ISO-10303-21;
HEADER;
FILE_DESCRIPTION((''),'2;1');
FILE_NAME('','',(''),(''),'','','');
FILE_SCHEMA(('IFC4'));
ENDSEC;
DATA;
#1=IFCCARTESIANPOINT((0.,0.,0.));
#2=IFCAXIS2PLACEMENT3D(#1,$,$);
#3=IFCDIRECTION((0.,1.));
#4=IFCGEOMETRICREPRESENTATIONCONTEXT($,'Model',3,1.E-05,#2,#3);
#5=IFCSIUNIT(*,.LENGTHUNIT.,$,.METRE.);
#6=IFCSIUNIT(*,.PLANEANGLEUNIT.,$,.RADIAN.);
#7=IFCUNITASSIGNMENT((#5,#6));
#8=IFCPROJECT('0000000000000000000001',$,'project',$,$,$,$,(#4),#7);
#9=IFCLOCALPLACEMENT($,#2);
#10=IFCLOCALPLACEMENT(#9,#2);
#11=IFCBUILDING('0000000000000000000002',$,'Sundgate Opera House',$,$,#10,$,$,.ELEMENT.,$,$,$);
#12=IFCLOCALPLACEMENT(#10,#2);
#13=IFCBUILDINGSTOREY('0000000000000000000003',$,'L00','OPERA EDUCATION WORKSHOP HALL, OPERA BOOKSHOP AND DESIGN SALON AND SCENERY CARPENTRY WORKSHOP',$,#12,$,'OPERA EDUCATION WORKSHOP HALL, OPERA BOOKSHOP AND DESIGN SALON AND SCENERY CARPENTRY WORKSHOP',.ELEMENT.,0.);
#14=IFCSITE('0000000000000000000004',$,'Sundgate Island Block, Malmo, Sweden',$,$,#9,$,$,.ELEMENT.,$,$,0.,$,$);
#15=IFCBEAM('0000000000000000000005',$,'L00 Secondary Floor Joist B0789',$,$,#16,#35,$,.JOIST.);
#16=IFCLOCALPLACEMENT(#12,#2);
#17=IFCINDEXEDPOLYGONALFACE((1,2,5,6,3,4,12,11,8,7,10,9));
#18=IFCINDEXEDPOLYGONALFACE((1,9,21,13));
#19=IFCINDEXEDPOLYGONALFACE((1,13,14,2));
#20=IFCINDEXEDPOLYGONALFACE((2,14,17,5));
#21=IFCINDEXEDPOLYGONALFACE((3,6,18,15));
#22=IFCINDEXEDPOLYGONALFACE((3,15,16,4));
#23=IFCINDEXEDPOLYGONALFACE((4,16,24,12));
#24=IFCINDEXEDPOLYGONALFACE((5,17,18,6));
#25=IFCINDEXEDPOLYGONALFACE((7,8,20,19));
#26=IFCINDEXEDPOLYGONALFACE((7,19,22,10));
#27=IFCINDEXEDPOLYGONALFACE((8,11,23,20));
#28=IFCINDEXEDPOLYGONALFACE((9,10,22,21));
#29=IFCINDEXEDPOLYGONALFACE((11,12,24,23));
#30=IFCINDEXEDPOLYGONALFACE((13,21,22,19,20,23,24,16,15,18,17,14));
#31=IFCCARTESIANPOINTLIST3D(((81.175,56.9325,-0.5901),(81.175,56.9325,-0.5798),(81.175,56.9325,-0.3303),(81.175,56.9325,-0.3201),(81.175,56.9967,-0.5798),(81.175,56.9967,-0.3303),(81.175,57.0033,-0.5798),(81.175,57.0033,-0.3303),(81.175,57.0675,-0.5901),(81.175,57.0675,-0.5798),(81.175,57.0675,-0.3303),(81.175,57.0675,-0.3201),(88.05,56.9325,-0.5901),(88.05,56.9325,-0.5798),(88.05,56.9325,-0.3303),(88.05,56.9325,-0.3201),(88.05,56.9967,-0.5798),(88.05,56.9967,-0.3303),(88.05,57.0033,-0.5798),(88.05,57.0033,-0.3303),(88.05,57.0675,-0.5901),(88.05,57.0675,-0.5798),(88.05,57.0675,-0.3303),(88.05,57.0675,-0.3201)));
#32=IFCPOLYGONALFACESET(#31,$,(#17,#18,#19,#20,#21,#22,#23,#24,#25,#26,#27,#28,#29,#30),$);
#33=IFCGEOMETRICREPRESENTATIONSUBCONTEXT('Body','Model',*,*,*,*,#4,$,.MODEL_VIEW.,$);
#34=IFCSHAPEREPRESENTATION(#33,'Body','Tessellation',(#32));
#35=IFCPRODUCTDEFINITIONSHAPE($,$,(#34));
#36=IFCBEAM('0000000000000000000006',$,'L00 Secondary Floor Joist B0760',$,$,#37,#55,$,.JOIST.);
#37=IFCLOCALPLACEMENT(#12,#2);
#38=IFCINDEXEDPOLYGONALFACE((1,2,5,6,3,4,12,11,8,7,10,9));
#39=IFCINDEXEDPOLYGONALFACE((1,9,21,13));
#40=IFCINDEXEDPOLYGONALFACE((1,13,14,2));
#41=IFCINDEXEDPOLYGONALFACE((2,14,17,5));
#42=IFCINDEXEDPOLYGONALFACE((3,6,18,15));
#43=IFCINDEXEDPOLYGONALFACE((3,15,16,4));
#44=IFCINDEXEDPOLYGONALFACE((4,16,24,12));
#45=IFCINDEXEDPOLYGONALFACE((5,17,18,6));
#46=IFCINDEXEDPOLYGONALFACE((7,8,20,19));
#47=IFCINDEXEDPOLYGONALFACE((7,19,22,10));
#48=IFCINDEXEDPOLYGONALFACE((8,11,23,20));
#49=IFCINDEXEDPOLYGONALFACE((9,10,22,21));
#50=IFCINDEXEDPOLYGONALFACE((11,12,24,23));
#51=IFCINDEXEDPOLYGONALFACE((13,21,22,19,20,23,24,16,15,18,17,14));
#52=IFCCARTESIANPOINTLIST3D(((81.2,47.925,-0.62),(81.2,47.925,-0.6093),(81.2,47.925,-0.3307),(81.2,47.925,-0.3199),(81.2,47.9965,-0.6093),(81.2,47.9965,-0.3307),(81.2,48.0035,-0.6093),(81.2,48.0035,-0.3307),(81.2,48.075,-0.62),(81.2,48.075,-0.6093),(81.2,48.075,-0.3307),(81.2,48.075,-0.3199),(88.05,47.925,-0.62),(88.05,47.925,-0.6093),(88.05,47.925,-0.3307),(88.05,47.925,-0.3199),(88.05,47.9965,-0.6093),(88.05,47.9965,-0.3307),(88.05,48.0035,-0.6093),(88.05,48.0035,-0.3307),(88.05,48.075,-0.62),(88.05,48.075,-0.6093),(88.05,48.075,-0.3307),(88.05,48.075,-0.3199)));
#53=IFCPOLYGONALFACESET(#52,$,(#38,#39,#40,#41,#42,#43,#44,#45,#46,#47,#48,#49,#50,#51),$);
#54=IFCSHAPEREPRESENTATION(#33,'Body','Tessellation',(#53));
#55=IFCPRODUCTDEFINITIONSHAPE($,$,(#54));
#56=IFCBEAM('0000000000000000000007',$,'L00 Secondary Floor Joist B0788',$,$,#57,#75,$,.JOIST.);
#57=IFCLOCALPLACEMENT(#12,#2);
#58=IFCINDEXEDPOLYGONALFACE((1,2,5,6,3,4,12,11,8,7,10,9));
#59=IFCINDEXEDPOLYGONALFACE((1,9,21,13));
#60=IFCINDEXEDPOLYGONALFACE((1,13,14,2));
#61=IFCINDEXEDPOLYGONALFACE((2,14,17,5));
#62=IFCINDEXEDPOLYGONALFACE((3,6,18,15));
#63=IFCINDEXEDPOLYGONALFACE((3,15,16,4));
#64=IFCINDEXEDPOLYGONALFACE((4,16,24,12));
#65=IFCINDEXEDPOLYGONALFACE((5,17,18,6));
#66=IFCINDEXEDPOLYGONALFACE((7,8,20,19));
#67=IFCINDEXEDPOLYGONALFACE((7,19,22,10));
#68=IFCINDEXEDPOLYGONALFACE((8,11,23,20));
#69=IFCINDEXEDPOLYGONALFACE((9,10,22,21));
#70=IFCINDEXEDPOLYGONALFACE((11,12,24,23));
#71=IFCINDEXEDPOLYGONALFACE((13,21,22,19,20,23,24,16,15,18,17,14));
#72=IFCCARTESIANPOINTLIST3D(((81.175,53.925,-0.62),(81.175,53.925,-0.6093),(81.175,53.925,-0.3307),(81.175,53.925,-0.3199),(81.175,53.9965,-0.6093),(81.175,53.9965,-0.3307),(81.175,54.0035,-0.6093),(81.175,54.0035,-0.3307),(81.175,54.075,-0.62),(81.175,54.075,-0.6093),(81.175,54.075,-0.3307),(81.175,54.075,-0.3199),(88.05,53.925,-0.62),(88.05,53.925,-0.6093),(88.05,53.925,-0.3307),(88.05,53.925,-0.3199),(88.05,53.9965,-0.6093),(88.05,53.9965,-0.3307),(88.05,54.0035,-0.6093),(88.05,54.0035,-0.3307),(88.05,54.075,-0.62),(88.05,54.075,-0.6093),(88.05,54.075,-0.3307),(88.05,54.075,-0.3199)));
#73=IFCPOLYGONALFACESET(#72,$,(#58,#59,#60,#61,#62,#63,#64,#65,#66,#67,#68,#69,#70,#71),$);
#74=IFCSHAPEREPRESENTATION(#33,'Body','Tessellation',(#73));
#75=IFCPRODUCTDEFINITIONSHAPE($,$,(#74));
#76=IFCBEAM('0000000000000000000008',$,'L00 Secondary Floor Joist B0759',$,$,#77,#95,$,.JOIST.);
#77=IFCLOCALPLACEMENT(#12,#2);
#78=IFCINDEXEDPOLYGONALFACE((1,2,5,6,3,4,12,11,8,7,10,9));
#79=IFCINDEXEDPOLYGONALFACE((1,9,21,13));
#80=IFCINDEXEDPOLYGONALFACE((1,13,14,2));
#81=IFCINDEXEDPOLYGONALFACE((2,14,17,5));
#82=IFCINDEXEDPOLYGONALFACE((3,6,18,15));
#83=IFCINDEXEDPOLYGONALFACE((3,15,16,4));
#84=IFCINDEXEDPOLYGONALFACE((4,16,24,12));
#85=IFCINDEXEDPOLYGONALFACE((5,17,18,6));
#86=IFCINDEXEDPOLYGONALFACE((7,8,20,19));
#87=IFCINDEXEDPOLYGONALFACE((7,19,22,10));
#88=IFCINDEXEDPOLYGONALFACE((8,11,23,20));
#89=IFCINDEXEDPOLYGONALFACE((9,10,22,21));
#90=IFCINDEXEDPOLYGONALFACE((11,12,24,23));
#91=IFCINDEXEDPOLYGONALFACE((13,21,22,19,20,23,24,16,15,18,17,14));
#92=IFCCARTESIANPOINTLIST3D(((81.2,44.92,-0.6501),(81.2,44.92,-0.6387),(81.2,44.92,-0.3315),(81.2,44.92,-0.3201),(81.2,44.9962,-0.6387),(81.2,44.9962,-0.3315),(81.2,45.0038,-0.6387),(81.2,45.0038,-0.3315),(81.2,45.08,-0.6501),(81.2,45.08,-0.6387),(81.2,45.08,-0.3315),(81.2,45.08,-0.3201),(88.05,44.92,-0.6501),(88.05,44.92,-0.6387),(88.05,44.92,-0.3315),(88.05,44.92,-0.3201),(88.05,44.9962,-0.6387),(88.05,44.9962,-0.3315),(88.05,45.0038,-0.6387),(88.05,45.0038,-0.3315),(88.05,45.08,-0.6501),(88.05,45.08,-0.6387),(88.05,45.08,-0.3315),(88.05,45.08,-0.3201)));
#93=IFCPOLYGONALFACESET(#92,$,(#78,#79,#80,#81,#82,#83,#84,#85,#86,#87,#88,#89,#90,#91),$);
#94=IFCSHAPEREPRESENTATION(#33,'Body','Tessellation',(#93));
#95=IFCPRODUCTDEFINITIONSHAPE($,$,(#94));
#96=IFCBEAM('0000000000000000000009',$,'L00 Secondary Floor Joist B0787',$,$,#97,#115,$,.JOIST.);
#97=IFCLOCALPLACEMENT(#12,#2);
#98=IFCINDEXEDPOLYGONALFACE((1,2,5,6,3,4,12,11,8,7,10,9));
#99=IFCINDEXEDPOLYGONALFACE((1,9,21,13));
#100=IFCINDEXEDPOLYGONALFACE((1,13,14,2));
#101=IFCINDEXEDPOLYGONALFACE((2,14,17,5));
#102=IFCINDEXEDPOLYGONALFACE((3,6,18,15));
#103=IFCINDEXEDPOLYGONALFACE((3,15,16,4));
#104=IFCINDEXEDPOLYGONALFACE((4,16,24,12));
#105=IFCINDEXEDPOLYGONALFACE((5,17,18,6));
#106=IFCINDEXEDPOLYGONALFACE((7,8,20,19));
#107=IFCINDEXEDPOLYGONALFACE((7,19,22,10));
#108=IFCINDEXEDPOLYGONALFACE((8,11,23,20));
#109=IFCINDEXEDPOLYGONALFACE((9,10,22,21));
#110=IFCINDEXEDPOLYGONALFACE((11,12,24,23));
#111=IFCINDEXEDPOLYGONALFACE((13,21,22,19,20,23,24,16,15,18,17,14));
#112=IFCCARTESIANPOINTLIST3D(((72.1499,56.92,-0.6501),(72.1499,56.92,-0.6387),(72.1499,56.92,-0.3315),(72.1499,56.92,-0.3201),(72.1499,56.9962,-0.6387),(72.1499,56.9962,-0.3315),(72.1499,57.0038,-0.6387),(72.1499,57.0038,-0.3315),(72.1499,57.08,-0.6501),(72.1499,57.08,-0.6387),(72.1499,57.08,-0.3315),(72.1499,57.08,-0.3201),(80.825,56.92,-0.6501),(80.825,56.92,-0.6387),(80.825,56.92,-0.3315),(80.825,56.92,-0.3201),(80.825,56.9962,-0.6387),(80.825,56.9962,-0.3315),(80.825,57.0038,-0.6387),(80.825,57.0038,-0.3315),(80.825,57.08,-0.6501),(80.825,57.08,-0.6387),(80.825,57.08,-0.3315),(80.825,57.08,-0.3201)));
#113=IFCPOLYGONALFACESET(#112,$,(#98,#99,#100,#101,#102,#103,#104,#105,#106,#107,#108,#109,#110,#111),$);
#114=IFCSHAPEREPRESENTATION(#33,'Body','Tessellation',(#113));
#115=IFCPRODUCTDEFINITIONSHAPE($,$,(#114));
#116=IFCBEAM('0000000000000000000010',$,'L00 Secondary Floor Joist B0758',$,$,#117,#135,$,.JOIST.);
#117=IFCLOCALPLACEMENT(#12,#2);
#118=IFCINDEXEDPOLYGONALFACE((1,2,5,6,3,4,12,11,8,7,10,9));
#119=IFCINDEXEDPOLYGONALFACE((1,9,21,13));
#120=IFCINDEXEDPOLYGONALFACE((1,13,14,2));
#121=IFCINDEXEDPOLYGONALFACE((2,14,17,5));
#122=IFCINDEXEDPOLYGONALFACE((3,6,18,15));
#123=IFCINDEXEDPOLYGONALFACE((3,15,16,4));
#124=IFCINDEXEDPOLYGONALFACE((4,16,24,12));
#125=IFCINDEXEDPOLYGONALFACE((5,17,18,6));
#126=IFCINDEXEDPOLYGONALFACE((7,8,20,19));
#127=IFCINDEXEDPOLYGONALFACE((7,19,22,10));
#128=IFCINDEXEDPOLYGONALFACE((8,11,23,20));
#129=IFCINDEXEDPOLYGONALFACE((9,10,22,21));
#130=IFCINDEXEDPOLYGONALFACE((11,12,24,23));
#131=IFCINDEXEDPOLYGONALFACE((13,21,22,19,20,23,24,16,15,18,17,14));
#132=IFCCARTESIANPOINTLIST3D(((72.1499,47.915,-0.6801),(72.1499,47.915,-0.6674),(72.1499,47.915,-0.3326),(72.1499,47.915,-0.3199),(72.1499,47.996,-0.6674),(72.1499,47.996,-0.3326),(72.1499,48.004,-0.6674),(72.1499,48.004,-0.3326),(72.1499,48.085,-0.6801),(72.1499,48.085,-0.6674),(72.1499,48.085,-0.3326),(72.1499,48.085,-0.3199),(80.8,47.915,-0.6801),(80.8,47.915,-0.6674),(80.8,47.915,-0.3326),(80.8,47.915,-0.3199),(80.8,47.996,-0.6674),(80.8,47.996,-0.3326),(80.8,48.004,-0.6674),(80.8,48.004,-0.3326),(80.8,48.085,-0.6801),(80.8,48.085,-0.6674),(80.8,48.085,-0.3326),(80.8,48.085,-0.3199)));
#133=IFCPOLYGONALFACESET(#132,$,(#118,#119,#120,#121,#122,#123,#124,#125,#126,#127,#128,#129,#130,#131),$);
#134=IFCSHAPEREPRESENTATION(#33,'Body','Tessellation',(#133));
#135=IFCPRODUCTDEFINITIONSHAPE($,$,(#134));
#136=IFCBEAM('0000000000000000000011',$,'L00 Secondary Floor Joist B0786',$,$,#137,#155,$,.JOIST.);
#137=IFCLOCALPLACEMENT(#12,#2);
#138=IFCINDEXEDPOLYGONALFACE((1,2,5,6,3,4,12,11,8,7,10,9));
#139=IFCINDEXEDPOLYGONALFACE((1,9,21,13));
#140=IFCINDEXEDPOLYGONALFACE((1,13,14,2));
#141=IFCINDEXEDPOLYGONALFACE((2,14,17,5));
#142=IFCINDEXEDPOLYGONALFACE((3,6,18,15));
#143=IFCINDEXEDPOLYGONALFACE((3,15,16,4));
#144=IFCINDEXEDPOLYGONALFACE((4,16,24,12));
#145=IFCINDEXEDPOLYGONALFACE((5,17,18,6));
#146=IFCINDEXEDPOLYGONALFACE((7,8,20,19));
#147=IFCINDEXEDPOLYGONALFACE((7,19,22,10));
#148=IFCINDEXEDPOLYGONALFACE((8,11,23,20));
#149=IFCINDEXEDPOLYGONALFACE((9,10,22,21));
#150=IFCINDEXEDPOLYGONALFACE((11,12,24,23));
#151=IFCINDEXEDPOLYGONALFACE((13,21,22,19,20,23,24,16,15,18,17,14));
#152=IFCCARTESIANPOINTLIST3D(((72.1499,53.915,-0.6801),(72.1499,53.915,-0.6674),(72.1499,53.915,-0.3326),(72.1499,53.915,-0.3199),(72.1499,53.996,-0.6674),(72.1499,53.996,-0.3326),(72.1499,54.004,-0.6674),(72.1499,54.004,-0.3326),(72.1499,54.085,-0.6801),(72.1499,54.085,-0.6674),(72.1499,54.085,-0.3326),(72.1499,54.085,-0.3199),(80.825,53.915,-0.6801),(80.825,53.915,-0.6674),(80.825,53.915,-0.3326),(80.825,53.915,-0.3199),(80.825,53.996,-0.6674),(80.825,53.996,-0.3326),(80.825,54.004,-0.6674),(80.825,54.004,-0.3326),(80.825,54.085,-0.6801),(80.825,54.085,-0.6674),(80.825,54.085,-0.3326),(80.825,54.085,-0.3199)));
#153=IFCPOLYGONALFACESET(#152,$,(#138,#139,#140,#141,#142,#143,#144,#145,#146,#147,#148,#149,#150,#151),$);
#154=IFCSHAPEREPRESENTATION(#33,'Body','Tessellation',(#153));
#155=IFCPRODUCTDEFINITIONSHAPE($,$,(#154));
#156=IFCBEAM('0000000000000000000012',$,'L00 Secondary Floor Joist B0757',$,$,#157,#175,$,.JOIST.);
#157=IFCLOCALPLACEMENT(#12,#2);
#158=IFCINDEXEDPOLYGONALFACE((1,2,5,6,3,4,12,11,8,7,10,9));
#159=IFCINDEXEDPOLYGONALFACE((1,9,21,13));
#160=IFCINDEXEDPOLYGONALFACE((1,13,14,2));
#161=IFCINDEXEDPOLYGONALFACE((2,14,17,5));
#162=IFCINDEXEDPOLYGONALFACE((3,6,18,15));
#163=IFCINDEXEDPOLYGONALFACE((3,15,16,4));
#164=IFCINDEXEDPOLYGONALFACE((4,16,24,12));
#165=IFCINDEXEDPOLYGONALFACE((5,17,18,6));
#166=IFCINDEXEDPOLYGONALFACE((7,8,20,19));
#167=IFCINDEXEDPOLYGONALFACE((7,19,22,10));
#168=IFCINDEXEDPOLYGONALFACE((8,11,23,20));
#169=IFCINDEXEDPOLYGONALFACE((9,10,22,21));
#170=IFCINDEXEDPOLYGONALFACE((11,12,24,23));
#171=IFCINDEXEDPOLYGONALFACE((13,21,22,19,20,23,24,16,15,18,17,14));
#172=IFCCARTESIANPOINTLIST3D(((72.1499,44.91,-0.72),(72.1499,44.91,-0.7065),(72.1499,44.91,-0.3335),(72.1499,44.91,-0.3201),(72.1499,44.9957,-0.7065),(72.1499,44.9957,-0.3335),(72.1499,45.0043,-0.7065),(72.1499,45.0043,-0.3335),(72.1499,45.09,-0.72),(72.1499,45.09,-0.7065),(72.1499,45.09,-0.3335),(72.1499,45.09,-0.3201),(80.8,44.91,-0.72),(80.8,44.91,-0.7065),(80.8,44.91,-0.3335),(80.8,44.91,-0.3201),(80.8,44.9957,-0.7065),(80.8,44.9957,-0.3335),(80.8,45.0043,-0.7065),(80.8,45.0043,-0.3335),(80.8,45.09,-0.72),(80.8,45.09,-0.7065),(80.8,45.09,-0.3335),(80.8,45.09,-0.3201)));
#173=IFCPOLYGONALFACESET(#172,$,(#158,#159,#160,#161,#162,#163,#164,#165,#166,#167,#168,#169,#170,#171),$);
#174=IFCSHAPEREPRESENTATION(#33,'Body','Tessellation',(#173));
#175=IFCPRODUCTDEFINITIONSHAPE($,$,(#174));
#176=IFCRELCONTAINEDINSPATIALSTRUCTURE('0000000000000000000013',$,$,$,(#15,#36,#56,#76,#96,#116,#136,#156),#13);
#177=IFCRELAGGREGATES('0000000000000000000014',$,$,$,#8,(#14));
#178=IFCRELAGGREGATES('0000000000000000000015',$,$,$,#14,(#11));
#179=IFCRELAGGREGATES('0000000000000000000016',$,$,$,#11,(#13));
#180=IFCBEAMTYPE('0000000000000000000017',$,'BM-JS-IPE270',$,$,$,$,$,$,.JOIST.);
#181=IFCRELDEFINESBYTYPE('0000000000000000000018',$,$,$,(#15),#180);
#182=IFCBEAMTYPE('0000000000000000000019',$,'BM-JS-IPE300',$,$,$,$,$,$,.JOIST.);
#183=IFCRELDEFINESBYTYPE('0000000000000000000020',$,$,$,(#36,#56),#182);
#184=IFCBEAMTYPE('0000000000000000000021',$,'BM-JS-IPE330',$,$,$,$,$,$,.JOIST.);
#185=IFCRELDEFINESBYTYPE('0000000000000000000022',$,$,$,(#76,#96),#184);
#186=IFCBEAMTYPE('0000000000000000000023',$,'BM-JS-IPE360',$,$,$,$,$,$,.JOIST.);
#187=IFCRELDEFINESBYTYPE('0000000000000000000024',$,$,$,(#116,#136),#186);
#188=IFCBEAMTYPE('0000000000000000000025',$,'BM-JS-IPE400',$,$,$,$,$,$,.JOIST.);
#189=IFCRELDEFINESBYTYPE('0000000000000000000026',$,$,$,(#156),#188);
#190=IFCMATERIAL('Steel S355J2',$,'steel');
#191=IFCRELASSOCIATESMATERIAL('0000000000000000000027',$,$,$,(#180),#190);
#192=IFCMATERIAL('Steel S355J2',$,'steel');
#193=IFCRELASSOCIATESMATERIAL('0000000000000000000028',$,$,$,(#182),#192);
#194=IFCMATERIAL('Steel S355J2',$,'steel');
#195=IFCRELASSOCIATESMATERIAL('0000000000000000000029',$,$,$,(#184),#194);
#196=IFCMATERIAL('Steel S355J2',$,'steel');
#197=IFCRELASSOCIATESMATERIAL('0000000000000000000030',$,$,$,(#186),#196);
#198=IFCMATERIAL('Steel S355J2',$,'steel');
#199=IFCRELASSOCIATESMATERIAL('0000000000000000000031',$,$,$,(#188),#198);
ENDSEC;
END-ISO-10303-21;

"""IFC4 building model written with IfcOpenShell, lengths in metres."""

from ifc_helpers import new_model, si_unit, direction, frame, origin, origin_2d, place, context, subcontext, project, spatial, i_section, extrude, material, material_profile, profile_set, type_object, element, save


model = new_model("IFC4")

# Units and contexts
model_context = context("Model", 3, precision=1e-05, world=origin(), true_north=direction((0.0, 1.0)))
body_context = subcontext(model_context, "Body", "Model", "MODEL_VIEW")
ifc_project = project(units=[si_unit("LENGTHUNIT", "METRE"), si_unit("PLANEANGLEUNIT", "RADIAN")], contexts=[model_context])

# Site, building, storey
site_placement = place(None, origin())
site = spatial("IfcSite", under=ifc_project, at=site_placement, Name="Sundgate Island Block, Malmo, Sweden", CompositionType="ELEMENT", RefElevation=0.0)
building_placement = place(site_placement, origin())
building = spatial("IfcBuilding", under=site, at=building_placement, Name="Sundgate Opera House", CompositionType="ELEMENT")
storey_placement = place(building_placement, origin())
storey = spatial("IfcBuildingStorey", under=building, at=storey_placement, Name="L00", Description="OPERA EDUCATION WORKSHOP HALL, OPERA BOOKSHOP AND DESIGN SALON AND SCENERY CARPENTRY WORKSHOP", LongName="OPERA EDUCATION WORKSHOP HALL, OPERA BOOKSHOP AND DESIGN SALON AND SCENERY CARPENTRY WORKSHOP", CompositionType="ELEMENT", Elevation=0.0)

# Beams
ifc_material_1 = material(Name="Steel S355J2", Category="steel")
ifc_material_profile_1 = material_profile(ifc_material_1, i_section(OverallWidth=0.135, OverallDepth=0.27, WebThickness=0.0066, FlangeThickness=0.0103, at=origin_2d()), Name="IPE 270")
ifc_profile_set_1 = profile_set([ifc_material_profile_1], Name="Steel S355J2")
beam_type_1 = type_object("IfcBeamType", Name="BM-JS-IPE270", PredefinedType="JOIST", material=ifc_profile_set_1)
beam_1_placement = place(storey_placement, frame((81.175, 57.0, -0.4551), z_axis=(1.0, 0.0, 0.0), x_axis=(0.0, 1.0, 0.0)))
element("IfcBeam", 1, at=beam_1_placement, inside=storey, type_object=beam_type_1, Name="L00 Secondary Floor Joist B0789", PredefinedType="JOIST", context=body_context, shape_type="SweptSolid", body=[
    extrude(i_section(OverallWidth=0.135, OverallDepth=0.27, WebThickness=0.0066, FlangeThickness=0.0103, at=origin_2d()), origin(), (0.0, 0.0, 1.0), 6.875),
])
ifc_material_2 = material(Name="Steel S355J2", Category="steel")
ifc_material_profile_2 = material_profile(ifc_material_2, i_section(OverallWidth=0.1499, OverallDepth=0.3, WebThickness=0.0071, FlangeThickness=0.0107, at=origin_2d()), Name="IPE 300")
ifc_profile_set_2 = profile_set([ifc_material_profile_2], Name="Steel S355J2")
beam_type_2 = type_object("IfcBeamType", Name="BM-JS-IPE300", PredefinedType="JOIST", material=ifc_profile_set_2)
beam_2_placement = place(storey_placement, frame((81.2, 48.0, -0.47), z_axis=(1.0, 0.0, 0.0), x_axis=(0.0, 1.0, 0.0)))
element("IfcBeam", 2, at=beam_2_placement, inside=storey, type_object=beam_type_2, Name="L00 Secondary Floor Joist B0760", PredefinedType="JOIST", context=body_context, shape_type="SweptSolid", body=[
    extrude(i_section(OverallWidth=0.1499, OverallDepth=0.3, WebThickness=0.0071, FlangeThickness=0.0107, at=origin_2d()), origin(), (0.0, 0.0, 1.0), 6.8501),
])
beam_3_placement = place(storey_placement, frame((81.175, 54.0, -0.47), z_axis=(1.0, 0.0, 0.0), x_axis=(0.0, 1.0, 0.0)))
element("IfcBeam", 3, at=beam_3_placement, inside=storey, type_object=beam_type_2, Name="L00 Secondary Floor Joist B0788", PredefinedType="JOIST", context=body_context, shape_type="SweptSolid", body=[
    extrude(i_section(OverallWidth=0.1499, OverallDepth=0.3, WebThickness=0.0071, FlangeThickness=0.0107, at=origin_2d()), origin(), (0.0, 0.0, 1.0), 6.875),
])
ifc_material_3 = material(Name="Steel S355J2", Category="steel")
ifc_material_profile_3 = material_profile(ifc_material_3, i_section(OverallWidth=0.1599, OverallDepth=0.3301, WebThickness=0.0076, FlangeThickness=0.0115, at=origin_2d()), Name="IPE 330")
ifc_profile_set_3 = profile_set([ifc_material_profile_3], Name="Steel S355J2")
beam_type_3 = type_object("IfcBeamType", Name="BM-JS-IPE330", PredefinedType="JOIST", material=ifc_profile_set_3)
beam_4_placement = place(storey_placement, frame((81.2, 45.0, -0.4851), z_axis=(1.0, 0.0, 0.0), x_axis=(0.0, 1.0, 0.0)))
element("IfcBeam", 4, at=beam_4_placement, inside=storey, type_object=beam_type_3, Name="L00 Secondary Floor Joist B0759", PredefinedType="JOIST", context=body_context, shape_type="SweptSolid", body=[
    extrude(i_section(OverallWidth=0.1599, OverallDepth=0.3301, WebThickness=0.0076, FlangeThickness=0.0115, at=origin_2d()), origin(), (0.0, 0.0, 1.0), 6.8501),
])
beam_5_placement = place(storey_placement, frame((72.1499, 57.0, -0.4851), z_axis=(1.0, 0.0, 0.0), x_axis=(0.0, 1.0, 0.0)))
element("IfcBeam", 5, at=beam_5_placement, inside=storey, type_object=beam_type_3, Name="L00 Secondary Floor Joist B0787", PredefinedType="JOIST", context=body_context, shape_type="SweptSolid", body=[
    extrude(i_section(OverallWidth=0.1599, OverallDepth=0.3301, WebThickness=0.0076, FlangeThickness=0.0115, at=origin_2d()), origin(), (0.0, 0.0, 1.0), 8.675),
])
ifc_material_4 = material(Name="Steel S355J2", Category="steel")
ifc_material_profile_4 = material_profile(ifc_material_4, i_section(OverallWidth=0.1699, OverallDepth=0.3601, WebThickness=0.0081, FlangeThickness=0.0127, at=origin_2d()), Name="IPE 360")
ifc_profile_set_4 = profile_set([ifc_material_profile_4], Name="Steel S355J2")
beam_type_4 = type_object("IfcBeamType", Name="BM-JS-IPE360", PredefinedType="JOIST", material=ifc_profile_set_4)
beam_6_placement = place(storey_placement, frame((72.1499, 48.0, -0.5), z_axis=(1.0, 0.0, 0.0), x_axis=(0.0, 1.0, 0.0)))
element("IfcBeam", 6, at=beam_6_placement, inside=storey, type_object=beam_type_4, Name="L00 Secondary Floor Joist B0758", PredefinedType="JOIST", context=body_context, shape_type="SweptSolid", body=[
    extrude(i_section(OverallWidth=0.1699, OverallDepth=0.3601, WebThickness=0.0081, FlangeThickness=0.0127, at=origin_2d()), origin(), (0.0, 0.0, 1.0), 8.6501),
])
beam_7_placement = place(storey_placement, frame((72.1499, 54.0, -0.5), z_axis=(1.0, 0.0, 0.0), x_axis=(0.0, 1.0, 0.0)))
element("IfcBeam", 7, at=beam_7_placement, inside=storey, type_object=beam_type_4, Name="L00 Secondary Floor Joist B0786", PredefinedType="JOIST", context=body_context, shape_type="SweptSolid", body=[
    extrude(i_section(OverallWidth=0.1699, OverallDepth=0.3601, WebThickness=0.0081, FlangeThickness=0.0127, at=origin_2d()), origin(), (0.0, 0.0, 1.0), 8.675),
])
ifc_material_5 = material(Name="Steel S355J2", Category="steel")
ifc_material_profile_5 = material_profile(ifc_material_5, i_section(OverallWidth=0.1799, OverallDepth=0.3999, WebThickness=0.0085, FlangeThickness=0.0134, at=origin_2d()), Name="IPE 400")
ifc_profile_set_5 = profile_set([ifc_material_profile_5], Name="Steel S355J2")
beam_type_5 = type_object("IfcBeamType", Name="BM-JS-IPE400", PredefinedType="JOIST", material=ifc_profile_set_5)
beam_8_placement = place(storey_placement, frame((72.1499, 45.0, -0.52), z_axis=(1.0, 0.0, 0.0), x_axis=(0.0, 1.0, 0.0)))
element("IfcBeam", 8, at=beam_8_placement, inside=storey, type_object=beam_type_5, Name="L00 Secondary Floor Joist B0757", PredefinedType="JOIST", context=body_context, shape_type="SweptSolid", body=[
    extrude(i_section(OverallWidth=0.1799, OverallDepth=0.3999, WebThickness=0.0085, FlangeThickness=0.0134, at=origin_2d()), origin(), (0.0, 0.0, 1.0), 8.6501),
])

save(model, "model.ifc")
